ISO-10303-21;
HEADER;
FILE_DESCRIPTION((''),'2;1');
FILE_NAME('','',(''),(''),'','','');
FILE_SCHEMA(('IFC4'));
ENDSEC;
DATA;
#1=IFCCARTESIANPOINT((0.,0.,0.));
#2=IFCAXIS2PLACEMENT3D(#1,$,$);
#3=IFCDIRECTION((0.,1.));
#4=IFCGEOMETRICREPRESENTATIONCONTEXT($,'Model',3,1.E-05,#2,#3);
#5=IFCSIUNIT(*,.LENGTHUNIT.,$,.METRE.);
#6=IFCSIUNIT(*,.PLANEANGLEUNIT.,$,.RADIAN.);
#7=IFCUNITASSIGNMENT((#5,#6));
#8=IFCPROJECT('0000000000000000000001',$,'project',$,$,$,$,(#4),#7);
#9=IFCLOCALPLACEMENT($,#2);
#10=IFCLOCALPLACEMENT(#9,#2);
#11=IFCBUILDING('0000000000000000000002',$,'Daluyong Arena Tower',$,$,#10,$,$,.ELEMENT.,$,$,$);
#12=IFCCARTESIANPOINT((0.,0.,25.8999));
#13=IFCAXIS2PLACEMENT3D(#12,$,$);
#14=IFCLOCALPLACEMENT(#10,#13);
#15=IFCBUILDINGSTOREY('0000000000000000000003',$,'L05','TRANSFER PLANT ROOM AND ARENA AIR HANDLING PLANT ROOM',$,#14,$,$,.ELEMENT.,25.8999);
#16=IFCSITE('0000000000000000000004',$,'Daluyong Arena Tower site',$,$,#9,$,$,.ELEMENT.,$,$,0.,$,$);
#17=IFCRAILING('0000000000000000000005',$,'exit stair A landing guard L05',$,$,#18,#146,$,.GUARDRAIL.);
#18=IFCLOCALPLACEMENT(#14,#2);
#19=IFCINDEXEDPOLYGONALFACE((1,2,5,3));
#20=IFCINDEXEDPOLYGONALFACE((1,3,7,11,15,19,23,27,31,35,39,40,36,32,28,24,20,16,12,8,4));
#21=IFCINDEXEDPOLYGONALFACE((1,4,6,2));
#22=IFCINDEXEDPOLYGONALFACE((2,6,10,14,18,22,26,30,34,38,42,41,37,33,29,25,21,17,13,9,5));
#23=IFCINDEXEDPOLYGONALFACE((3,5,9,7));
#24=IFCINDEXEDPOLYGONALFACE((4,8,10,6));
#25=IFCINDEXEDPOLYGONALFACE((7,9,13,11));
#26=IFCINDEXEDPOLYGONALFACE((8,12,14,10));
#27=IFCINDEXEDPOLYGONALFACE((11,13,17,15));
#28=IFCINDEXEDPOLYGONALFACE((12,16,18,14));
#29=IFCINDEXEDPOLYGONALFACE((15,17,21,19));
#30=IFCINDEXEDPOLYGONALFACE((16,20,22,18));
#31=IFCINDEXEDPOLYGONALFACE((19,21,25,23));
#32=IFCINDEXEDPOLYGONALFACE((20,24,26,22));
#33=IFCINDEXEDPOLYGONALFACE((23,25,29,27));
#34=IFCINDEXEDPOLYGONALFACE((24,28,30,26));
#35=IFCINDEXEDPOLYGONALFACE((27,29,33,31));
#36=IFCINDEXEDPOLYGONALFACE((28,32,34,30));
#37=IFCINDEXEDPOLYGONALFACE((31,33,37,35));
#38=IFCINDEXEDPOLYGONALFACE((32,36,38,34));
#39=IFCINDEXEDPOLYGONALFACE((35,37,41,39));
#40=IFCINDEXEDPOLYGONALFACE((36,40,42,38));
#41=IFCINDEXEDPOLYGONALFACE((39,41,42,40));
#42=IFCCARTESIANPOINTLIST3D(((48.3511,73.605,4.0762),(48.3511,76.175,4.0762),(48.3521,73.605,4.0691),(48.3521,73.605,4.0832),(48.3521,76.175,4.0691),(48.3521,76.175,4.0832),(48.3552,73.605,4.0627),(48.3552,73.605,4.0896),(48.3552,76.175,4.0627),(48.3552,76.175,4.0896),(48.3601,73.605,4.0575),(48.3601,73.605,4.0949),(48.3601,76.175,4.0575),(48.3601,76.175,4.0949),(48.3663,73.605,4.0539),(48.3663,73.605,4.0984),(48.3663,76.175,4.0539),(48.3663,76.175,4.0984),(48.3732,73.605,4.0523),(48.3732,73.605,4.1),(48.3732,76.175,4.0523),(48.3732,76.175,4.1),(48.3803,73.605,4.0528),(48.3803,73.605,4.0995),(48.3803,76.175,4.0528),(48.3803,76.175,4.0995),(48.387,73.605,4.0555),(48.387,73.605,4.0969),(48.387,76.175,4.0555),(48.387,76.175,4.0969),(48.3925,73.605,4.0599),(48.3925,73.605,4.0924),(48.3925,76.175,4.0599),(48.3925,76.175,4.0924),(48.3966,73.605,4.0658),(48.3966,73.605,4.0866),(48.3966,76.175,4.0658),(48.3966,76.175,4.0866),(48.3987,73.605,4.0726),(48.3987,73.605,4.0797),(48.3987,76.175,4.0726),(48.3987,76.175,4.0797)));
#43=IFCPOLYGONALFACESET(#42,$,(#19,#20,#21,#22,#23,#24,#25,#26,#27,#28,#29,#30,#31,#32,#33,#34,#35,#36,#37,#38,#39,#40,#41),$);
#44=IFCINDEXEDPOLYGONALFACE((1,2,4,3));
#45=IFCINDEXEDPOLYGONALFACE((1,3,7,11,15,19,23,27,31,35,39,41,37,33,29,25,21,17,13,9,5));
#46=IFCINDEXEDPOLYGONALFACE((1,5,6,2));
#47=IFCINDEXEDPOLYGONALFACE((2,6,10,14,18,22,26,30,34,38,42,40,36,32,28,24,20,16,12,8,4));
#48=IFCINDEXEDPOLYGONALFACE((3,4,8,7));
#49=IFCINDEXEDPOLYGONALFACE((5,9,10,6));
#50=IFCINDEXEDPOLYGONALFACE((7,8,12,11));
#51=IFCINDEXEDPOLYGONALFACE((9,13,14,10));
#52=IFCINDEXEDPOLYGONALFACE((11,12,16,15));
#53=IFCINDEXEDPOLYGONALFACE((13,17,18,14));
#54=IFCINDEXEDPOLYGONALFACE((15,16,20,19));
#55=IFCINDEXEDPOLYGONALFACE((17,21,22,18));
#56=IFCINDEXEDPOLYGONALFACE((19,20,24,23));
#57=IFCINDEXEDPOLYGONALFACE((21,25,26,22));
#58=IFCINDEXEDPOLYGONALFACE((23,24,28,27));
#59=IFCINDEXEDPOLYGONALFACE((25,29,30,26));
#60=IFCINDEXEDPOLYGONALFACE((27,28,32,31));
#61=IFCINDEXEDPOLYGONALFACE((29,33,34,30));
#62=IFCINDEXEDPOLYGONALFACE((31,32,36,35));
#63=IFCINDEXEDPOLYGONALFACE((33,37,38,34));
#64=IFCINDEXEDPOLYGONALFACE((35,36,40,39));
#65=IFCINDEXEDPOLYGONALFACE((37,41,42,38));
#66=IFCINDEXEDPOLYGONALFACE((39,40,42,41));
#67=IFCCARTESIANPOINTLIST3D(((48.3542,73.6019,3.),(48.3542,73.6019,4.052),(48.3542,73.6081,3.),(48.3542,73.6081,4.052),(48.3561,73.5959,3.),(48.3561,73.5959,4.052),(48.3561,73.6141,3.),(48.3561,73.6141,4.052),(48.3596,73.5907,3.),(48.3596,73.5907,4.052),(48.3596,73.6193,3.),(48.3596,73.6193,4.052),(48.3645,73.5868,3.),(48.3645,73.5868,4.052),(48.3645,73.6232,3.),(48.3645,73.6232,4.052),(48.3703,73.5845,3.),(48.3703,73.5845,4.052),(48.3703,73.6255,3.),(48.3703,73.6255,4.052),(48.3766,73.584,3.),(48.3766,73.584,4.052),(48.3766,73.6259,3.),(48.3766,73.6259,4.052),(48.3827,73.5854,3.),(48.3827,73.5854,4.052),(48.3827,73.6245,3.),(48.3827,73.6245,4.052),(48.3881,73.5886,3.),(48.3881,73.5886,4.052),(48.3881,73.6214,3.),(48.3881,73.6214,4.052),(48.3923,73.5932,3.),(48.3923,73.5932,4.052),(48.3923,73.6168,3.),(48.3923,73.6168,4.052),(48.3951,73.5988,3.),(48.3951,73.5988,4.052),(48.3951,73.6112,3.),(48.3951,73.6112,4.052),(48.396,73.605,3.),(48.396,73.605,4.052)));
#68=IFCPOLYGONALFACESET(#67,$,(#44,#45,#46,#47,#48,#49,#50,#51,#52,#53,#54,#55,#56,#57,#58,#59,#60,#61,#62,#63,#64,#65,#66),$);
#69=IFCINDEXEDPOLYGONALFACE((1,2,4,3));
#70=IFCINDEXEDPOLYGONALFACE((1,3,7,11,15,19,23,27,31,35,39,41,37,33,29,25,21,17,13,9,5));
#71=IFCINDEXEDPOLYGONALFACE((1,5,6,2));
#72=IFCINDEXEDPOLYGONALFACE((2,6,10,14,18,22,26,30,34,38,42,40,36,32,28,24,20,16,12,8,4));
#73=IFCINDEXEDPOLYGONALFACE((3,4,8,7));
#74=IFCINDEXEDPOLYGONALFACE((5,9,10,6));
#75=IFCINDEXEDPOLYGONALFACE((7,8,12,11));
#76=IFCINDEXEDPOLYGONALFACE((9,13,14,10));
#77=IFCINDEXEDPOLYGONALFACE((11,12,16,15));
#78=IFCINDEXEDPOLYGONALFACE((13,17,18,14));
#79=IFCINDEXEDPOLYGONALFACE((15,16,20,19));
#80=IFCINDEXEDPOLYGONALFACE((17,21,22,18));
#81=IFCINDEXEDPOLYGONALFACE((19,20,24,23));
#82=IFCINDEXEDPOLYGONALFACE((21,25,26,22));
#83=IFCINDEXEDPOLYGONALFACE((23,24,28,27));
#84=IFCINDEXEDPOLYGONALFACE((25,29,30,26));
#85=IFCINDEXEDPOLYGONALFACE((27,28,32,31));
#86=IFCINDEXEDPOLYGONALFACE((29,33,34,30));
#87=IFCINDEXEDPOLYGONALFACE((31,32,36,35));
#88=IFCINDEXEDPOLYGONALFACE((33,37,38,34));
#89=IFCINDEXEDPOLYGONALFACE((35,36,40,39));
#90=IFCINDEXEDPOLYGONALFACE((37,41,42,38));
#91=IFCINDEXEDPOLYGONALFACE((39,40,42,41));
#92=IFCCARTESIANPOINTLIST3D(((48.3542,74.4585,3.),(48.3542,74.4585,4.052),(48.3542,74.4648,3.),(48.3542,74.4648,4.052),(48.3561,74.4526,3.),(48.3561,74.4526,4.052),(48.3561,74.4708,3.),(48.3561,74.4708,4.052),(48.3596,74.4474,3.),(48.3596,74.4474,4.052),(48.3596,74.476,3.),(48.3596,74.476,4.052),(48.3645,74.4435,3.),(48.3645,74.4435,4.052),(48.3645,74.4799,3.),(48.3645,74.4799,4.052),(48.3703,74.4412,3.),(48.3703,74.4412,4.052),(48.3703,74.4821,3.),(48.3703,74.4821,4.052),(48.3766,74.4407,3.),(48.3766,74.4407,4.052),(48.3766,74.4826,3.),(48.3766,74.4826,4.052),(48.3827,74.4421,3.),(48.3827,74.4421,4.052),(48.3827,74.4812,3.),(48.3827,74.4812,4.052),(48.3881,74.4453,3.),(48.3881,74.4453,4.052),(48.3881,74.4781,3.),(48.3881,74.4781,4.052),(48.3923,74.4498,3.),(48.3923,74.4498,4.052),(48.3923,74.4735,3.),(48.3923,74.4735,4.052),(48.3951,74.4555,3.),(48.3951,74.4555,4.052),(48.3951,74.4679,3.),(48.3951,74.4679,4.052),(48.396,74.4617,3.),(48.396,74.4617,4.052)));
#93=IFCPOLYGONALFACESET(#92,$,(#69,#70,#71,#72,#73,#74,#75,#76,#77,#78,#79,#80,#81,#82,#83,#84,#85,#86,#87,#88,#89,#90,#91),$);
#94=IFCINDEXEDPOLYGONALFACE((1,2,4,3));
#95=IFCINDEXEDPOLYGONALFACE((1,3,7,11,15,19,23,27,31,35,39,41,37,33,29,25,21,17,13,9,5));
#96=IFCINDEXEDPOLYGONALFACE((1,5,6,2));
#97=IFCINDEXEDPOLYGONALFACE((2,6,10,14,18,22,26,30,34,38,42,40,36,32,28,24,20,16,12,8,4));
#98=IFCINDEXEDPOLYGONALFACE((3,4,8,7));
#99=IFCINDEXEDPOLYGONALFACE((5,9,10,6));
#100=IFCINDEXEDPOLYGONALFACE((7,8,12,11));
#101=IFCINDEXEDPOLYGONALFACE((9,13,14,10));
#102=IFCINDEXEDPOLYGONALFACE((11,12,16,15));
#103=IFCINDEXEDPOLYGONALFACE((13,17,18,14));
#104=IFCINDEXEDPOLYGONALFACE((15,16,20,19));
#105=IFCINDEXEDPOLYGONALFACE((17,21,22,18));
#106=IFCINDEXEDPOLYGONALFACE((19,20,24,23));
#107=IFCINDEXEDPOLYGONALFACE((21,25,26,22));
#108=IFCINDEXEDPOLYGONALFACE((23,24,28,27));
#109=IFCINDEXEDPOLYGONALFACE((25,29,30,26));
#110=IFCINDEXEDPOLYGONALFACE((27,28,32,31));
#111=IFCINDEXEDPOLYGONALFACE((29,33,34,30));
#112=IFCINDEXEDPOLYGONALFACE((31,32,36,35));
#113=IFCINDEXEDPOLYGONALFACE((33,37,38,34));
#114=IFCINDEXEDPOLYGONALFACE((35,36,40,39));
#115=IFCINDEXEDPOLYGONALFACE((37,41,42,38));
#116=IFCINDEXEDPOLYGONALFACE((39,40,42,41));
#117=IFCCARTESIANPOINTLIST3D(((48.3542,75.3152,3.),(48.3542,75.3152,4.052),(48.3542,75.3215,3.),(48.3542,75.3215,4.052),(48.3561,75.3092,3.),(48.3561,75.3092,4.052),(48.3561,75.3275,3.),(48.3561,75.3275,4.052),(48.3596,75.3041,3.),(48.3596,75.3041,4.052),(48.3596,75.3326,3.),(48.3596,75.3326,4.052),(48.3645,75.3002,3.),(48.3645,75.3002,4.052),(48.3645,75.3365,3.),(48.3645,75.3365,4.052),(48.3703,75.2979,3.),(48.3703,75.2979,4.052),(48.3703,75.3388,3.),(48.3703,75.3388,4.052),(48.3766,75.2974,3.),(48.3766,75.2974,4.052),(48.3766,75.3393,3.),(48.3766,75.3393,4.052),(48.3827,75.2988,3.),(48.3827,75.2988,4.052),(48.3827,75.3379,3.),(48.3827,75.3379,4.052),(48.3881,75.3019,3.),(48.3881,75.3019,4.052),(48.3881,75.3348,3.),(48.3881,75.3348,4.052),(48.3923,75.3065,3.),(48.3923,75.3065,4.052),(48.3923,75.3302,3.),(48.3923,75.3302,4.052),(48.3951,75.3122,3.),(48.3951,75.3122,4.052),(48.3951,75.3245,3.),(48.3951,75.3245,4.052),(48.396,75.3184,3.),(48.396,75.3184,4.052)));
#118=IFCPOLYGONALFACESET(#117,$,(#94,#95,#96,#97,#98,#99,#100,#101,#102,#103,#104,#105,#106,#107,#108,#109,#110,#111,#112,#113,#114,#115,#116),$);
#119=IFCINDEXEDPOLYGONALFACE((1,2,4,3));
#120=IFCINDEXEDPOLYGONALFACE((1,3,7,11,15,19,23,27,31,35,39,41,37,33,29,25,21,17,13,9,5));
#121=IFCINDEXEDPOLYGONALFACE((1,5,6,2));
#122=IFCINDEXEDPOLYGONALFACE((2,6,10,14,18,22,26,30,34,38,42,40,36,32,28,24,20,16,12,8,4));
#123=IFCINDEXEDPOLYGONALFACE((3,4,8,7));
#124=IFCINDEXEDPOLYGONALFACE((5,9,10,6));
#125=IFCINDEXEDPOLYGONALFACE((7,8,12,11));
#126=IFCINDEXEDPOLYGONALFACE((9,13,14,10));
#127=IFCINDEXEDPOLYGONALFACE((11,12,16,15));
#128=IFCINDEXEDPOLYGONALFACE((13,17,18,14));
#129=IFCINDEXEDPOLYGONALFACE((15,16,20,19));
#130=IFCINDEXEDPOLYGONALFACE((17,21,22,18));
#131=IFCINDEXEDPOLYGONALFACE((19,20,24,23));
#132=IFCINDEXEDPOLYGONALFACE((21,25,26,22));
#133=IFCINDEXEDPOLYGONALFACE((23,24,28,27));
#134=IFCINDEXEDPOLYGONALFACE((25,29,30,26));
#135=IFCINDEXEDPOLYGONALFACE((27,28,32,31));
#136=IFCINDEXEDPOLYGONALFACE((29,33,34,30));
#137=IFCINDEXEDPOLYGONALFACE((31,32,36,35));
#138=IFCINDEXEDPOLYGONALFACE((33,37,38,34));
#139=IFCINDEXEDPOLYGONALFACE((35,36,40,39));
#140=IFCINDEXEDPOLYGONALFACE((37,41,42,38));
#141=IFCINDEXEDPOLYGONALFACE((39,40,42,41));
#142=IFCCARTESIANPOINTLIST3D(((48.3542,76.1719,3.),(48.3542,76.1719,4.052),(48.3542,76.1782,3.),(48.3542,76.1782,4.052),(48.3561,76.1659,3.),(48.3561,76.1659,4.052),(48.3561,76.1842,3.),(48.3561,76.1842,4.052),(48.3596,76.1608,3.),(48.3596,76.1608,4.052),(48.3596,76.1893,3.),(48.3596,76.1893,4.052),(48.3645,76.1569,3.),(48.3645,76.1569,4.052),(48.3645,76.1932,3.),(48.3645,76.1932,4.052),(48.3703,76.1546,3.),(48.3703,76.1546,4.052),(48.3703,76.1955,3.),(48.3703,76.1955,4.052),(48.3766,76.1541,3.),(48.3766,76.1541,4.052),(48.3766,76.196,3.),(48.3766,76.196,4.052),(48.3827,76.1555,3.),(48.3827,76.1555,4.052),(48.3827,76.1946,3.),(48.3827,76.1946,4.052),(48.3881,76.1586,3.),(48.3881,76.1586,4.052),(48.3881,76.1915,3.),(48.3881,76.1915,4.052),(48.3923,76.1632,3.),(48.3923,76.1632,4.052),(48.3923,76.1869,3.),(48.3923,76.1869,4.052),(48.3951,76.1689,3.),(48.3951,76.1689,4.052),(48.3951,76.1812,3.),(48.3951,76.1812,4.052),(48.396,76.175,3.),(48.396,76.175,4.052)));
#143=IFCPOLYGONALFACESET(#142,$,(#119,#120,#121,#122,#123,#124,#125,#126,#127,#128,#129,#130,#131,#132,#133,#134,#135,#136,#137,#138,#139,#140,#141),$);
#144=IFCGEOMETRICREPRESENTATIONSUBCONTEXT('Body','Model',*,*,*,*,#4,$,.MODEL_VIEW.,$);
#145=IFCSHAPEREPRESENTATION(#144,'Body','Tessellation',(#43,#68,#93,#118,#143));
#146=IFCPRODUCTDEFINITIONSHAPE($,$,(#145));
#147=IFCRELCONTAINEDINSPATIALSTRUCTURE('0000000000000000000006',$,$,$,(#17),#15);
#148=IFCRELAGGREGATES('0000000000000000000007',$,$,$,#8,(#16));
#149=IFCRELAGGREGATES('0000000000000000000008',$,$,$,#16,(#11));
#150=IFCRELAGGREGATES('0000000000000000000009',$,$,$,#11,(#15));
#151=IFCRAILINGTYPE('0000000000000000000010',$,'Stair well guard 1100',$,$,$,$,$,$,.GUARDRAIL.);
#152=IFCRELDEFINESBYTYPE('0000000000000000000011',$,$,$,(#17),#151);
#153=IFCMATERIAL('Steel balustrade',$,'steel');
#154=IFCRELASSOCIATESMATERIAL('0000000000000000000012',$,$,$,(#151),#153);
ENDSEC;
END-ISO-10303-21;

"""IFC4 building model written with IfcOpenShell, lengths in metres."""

from ifc_helpers import new_model, si_unit, direction, frame, origin, origin_2d, place, context, subcontext, project, spatial, circle, extrude, material, type_object, element, save


model = new_model("IFC4")

# Units and contexts
model_context = context("Model", 3, precision=1e-05, world=origin(), true_north=direction((0.0, 1.0)))
body_context = subcontext(model_context, "Body", "Model", "MODEL_VIEW")
ifc_project = project(units=[si_unit("LENGTHUNIT", "METRE"), si_unit("PLANEANGLEUNIT", "RADIAN")], contexts=[model_context])

# Site, building, storey
site_placement = place(None, origin())
site = spatial("IfcSite", under=ifc_project, at=site_placement, Name="Daluyong Arena Tower site", CompositionType="ELEMENT", RefElevation=0.0)
building_placement = place(site_placement, origin())
building = spatial("IfcBuilding", under=site, at=building_placement, Name="Daluyong Arena Tower", CompositionType="ELEMENT")
storey_placement = place(building_placement, frame((0.0, 0.0, 25.8999)))
storey = spatial("IfcBuildingStorey", under=building, at=storey_placement, Name="L05", Description="TRANSFER PLANT ROOM AND ARENA AIR HANDLING PLANT ROOM", CompositionType="ELEMENT", Elevation=25.8999)

# Railing
ifc_material_1 = material(Name="Steel balustrade", Category="steel")
railing_type_1 = type_object("IfcRailingType", Name="Stair well guard 1100", PredefinedType="GUARDRAIL", material=ifc_material_1)
for number, where, name in (
    (1, (48.375, 73.605, 3.0), "exit stair A landing guard L05"),
):
    element("IfcRailing", number, at=place(storey_placement, frame(where)), inside=storey, type_object=railing_type_1, Name=name, PredefinedType="GUARDRAIL", context=body_context, shape_type="SweptSolid", body=[
        extrude(circle(Radius=0.0239, at=origin_2d()), frame((0.0, 0.0, 1.0762), z_axis=(0.0, 1.0, 0.0), x_axis=(-1.0, 0.0, 0.0)), (0.0, 0.0, 1.0), 2.5701),
        extrude(circle(Radius=0.021, at=origin_2d()), origin(), (0.0, 0.0, 1.0), 1.052),
        extrude(circle(Radius=0.021, at=origin_2d()), frame((0.0, 0.8567, 0.0)), (0.0, 0.0, 1.0), 1.052),
        extrude(circle(Radius=0.021, at=origin_2d()), frame((0.0, 1.7134, 0.0)), (0.0, 0.0, 1.0), 1.052),
        extrude(circle(Radius=0.021, at=origin_2d()), frame((0.0, 2.5701, 0.0)), (0.0, 0.0, 1.0), 1.052),
    ])

save(model, "model.ifc")
